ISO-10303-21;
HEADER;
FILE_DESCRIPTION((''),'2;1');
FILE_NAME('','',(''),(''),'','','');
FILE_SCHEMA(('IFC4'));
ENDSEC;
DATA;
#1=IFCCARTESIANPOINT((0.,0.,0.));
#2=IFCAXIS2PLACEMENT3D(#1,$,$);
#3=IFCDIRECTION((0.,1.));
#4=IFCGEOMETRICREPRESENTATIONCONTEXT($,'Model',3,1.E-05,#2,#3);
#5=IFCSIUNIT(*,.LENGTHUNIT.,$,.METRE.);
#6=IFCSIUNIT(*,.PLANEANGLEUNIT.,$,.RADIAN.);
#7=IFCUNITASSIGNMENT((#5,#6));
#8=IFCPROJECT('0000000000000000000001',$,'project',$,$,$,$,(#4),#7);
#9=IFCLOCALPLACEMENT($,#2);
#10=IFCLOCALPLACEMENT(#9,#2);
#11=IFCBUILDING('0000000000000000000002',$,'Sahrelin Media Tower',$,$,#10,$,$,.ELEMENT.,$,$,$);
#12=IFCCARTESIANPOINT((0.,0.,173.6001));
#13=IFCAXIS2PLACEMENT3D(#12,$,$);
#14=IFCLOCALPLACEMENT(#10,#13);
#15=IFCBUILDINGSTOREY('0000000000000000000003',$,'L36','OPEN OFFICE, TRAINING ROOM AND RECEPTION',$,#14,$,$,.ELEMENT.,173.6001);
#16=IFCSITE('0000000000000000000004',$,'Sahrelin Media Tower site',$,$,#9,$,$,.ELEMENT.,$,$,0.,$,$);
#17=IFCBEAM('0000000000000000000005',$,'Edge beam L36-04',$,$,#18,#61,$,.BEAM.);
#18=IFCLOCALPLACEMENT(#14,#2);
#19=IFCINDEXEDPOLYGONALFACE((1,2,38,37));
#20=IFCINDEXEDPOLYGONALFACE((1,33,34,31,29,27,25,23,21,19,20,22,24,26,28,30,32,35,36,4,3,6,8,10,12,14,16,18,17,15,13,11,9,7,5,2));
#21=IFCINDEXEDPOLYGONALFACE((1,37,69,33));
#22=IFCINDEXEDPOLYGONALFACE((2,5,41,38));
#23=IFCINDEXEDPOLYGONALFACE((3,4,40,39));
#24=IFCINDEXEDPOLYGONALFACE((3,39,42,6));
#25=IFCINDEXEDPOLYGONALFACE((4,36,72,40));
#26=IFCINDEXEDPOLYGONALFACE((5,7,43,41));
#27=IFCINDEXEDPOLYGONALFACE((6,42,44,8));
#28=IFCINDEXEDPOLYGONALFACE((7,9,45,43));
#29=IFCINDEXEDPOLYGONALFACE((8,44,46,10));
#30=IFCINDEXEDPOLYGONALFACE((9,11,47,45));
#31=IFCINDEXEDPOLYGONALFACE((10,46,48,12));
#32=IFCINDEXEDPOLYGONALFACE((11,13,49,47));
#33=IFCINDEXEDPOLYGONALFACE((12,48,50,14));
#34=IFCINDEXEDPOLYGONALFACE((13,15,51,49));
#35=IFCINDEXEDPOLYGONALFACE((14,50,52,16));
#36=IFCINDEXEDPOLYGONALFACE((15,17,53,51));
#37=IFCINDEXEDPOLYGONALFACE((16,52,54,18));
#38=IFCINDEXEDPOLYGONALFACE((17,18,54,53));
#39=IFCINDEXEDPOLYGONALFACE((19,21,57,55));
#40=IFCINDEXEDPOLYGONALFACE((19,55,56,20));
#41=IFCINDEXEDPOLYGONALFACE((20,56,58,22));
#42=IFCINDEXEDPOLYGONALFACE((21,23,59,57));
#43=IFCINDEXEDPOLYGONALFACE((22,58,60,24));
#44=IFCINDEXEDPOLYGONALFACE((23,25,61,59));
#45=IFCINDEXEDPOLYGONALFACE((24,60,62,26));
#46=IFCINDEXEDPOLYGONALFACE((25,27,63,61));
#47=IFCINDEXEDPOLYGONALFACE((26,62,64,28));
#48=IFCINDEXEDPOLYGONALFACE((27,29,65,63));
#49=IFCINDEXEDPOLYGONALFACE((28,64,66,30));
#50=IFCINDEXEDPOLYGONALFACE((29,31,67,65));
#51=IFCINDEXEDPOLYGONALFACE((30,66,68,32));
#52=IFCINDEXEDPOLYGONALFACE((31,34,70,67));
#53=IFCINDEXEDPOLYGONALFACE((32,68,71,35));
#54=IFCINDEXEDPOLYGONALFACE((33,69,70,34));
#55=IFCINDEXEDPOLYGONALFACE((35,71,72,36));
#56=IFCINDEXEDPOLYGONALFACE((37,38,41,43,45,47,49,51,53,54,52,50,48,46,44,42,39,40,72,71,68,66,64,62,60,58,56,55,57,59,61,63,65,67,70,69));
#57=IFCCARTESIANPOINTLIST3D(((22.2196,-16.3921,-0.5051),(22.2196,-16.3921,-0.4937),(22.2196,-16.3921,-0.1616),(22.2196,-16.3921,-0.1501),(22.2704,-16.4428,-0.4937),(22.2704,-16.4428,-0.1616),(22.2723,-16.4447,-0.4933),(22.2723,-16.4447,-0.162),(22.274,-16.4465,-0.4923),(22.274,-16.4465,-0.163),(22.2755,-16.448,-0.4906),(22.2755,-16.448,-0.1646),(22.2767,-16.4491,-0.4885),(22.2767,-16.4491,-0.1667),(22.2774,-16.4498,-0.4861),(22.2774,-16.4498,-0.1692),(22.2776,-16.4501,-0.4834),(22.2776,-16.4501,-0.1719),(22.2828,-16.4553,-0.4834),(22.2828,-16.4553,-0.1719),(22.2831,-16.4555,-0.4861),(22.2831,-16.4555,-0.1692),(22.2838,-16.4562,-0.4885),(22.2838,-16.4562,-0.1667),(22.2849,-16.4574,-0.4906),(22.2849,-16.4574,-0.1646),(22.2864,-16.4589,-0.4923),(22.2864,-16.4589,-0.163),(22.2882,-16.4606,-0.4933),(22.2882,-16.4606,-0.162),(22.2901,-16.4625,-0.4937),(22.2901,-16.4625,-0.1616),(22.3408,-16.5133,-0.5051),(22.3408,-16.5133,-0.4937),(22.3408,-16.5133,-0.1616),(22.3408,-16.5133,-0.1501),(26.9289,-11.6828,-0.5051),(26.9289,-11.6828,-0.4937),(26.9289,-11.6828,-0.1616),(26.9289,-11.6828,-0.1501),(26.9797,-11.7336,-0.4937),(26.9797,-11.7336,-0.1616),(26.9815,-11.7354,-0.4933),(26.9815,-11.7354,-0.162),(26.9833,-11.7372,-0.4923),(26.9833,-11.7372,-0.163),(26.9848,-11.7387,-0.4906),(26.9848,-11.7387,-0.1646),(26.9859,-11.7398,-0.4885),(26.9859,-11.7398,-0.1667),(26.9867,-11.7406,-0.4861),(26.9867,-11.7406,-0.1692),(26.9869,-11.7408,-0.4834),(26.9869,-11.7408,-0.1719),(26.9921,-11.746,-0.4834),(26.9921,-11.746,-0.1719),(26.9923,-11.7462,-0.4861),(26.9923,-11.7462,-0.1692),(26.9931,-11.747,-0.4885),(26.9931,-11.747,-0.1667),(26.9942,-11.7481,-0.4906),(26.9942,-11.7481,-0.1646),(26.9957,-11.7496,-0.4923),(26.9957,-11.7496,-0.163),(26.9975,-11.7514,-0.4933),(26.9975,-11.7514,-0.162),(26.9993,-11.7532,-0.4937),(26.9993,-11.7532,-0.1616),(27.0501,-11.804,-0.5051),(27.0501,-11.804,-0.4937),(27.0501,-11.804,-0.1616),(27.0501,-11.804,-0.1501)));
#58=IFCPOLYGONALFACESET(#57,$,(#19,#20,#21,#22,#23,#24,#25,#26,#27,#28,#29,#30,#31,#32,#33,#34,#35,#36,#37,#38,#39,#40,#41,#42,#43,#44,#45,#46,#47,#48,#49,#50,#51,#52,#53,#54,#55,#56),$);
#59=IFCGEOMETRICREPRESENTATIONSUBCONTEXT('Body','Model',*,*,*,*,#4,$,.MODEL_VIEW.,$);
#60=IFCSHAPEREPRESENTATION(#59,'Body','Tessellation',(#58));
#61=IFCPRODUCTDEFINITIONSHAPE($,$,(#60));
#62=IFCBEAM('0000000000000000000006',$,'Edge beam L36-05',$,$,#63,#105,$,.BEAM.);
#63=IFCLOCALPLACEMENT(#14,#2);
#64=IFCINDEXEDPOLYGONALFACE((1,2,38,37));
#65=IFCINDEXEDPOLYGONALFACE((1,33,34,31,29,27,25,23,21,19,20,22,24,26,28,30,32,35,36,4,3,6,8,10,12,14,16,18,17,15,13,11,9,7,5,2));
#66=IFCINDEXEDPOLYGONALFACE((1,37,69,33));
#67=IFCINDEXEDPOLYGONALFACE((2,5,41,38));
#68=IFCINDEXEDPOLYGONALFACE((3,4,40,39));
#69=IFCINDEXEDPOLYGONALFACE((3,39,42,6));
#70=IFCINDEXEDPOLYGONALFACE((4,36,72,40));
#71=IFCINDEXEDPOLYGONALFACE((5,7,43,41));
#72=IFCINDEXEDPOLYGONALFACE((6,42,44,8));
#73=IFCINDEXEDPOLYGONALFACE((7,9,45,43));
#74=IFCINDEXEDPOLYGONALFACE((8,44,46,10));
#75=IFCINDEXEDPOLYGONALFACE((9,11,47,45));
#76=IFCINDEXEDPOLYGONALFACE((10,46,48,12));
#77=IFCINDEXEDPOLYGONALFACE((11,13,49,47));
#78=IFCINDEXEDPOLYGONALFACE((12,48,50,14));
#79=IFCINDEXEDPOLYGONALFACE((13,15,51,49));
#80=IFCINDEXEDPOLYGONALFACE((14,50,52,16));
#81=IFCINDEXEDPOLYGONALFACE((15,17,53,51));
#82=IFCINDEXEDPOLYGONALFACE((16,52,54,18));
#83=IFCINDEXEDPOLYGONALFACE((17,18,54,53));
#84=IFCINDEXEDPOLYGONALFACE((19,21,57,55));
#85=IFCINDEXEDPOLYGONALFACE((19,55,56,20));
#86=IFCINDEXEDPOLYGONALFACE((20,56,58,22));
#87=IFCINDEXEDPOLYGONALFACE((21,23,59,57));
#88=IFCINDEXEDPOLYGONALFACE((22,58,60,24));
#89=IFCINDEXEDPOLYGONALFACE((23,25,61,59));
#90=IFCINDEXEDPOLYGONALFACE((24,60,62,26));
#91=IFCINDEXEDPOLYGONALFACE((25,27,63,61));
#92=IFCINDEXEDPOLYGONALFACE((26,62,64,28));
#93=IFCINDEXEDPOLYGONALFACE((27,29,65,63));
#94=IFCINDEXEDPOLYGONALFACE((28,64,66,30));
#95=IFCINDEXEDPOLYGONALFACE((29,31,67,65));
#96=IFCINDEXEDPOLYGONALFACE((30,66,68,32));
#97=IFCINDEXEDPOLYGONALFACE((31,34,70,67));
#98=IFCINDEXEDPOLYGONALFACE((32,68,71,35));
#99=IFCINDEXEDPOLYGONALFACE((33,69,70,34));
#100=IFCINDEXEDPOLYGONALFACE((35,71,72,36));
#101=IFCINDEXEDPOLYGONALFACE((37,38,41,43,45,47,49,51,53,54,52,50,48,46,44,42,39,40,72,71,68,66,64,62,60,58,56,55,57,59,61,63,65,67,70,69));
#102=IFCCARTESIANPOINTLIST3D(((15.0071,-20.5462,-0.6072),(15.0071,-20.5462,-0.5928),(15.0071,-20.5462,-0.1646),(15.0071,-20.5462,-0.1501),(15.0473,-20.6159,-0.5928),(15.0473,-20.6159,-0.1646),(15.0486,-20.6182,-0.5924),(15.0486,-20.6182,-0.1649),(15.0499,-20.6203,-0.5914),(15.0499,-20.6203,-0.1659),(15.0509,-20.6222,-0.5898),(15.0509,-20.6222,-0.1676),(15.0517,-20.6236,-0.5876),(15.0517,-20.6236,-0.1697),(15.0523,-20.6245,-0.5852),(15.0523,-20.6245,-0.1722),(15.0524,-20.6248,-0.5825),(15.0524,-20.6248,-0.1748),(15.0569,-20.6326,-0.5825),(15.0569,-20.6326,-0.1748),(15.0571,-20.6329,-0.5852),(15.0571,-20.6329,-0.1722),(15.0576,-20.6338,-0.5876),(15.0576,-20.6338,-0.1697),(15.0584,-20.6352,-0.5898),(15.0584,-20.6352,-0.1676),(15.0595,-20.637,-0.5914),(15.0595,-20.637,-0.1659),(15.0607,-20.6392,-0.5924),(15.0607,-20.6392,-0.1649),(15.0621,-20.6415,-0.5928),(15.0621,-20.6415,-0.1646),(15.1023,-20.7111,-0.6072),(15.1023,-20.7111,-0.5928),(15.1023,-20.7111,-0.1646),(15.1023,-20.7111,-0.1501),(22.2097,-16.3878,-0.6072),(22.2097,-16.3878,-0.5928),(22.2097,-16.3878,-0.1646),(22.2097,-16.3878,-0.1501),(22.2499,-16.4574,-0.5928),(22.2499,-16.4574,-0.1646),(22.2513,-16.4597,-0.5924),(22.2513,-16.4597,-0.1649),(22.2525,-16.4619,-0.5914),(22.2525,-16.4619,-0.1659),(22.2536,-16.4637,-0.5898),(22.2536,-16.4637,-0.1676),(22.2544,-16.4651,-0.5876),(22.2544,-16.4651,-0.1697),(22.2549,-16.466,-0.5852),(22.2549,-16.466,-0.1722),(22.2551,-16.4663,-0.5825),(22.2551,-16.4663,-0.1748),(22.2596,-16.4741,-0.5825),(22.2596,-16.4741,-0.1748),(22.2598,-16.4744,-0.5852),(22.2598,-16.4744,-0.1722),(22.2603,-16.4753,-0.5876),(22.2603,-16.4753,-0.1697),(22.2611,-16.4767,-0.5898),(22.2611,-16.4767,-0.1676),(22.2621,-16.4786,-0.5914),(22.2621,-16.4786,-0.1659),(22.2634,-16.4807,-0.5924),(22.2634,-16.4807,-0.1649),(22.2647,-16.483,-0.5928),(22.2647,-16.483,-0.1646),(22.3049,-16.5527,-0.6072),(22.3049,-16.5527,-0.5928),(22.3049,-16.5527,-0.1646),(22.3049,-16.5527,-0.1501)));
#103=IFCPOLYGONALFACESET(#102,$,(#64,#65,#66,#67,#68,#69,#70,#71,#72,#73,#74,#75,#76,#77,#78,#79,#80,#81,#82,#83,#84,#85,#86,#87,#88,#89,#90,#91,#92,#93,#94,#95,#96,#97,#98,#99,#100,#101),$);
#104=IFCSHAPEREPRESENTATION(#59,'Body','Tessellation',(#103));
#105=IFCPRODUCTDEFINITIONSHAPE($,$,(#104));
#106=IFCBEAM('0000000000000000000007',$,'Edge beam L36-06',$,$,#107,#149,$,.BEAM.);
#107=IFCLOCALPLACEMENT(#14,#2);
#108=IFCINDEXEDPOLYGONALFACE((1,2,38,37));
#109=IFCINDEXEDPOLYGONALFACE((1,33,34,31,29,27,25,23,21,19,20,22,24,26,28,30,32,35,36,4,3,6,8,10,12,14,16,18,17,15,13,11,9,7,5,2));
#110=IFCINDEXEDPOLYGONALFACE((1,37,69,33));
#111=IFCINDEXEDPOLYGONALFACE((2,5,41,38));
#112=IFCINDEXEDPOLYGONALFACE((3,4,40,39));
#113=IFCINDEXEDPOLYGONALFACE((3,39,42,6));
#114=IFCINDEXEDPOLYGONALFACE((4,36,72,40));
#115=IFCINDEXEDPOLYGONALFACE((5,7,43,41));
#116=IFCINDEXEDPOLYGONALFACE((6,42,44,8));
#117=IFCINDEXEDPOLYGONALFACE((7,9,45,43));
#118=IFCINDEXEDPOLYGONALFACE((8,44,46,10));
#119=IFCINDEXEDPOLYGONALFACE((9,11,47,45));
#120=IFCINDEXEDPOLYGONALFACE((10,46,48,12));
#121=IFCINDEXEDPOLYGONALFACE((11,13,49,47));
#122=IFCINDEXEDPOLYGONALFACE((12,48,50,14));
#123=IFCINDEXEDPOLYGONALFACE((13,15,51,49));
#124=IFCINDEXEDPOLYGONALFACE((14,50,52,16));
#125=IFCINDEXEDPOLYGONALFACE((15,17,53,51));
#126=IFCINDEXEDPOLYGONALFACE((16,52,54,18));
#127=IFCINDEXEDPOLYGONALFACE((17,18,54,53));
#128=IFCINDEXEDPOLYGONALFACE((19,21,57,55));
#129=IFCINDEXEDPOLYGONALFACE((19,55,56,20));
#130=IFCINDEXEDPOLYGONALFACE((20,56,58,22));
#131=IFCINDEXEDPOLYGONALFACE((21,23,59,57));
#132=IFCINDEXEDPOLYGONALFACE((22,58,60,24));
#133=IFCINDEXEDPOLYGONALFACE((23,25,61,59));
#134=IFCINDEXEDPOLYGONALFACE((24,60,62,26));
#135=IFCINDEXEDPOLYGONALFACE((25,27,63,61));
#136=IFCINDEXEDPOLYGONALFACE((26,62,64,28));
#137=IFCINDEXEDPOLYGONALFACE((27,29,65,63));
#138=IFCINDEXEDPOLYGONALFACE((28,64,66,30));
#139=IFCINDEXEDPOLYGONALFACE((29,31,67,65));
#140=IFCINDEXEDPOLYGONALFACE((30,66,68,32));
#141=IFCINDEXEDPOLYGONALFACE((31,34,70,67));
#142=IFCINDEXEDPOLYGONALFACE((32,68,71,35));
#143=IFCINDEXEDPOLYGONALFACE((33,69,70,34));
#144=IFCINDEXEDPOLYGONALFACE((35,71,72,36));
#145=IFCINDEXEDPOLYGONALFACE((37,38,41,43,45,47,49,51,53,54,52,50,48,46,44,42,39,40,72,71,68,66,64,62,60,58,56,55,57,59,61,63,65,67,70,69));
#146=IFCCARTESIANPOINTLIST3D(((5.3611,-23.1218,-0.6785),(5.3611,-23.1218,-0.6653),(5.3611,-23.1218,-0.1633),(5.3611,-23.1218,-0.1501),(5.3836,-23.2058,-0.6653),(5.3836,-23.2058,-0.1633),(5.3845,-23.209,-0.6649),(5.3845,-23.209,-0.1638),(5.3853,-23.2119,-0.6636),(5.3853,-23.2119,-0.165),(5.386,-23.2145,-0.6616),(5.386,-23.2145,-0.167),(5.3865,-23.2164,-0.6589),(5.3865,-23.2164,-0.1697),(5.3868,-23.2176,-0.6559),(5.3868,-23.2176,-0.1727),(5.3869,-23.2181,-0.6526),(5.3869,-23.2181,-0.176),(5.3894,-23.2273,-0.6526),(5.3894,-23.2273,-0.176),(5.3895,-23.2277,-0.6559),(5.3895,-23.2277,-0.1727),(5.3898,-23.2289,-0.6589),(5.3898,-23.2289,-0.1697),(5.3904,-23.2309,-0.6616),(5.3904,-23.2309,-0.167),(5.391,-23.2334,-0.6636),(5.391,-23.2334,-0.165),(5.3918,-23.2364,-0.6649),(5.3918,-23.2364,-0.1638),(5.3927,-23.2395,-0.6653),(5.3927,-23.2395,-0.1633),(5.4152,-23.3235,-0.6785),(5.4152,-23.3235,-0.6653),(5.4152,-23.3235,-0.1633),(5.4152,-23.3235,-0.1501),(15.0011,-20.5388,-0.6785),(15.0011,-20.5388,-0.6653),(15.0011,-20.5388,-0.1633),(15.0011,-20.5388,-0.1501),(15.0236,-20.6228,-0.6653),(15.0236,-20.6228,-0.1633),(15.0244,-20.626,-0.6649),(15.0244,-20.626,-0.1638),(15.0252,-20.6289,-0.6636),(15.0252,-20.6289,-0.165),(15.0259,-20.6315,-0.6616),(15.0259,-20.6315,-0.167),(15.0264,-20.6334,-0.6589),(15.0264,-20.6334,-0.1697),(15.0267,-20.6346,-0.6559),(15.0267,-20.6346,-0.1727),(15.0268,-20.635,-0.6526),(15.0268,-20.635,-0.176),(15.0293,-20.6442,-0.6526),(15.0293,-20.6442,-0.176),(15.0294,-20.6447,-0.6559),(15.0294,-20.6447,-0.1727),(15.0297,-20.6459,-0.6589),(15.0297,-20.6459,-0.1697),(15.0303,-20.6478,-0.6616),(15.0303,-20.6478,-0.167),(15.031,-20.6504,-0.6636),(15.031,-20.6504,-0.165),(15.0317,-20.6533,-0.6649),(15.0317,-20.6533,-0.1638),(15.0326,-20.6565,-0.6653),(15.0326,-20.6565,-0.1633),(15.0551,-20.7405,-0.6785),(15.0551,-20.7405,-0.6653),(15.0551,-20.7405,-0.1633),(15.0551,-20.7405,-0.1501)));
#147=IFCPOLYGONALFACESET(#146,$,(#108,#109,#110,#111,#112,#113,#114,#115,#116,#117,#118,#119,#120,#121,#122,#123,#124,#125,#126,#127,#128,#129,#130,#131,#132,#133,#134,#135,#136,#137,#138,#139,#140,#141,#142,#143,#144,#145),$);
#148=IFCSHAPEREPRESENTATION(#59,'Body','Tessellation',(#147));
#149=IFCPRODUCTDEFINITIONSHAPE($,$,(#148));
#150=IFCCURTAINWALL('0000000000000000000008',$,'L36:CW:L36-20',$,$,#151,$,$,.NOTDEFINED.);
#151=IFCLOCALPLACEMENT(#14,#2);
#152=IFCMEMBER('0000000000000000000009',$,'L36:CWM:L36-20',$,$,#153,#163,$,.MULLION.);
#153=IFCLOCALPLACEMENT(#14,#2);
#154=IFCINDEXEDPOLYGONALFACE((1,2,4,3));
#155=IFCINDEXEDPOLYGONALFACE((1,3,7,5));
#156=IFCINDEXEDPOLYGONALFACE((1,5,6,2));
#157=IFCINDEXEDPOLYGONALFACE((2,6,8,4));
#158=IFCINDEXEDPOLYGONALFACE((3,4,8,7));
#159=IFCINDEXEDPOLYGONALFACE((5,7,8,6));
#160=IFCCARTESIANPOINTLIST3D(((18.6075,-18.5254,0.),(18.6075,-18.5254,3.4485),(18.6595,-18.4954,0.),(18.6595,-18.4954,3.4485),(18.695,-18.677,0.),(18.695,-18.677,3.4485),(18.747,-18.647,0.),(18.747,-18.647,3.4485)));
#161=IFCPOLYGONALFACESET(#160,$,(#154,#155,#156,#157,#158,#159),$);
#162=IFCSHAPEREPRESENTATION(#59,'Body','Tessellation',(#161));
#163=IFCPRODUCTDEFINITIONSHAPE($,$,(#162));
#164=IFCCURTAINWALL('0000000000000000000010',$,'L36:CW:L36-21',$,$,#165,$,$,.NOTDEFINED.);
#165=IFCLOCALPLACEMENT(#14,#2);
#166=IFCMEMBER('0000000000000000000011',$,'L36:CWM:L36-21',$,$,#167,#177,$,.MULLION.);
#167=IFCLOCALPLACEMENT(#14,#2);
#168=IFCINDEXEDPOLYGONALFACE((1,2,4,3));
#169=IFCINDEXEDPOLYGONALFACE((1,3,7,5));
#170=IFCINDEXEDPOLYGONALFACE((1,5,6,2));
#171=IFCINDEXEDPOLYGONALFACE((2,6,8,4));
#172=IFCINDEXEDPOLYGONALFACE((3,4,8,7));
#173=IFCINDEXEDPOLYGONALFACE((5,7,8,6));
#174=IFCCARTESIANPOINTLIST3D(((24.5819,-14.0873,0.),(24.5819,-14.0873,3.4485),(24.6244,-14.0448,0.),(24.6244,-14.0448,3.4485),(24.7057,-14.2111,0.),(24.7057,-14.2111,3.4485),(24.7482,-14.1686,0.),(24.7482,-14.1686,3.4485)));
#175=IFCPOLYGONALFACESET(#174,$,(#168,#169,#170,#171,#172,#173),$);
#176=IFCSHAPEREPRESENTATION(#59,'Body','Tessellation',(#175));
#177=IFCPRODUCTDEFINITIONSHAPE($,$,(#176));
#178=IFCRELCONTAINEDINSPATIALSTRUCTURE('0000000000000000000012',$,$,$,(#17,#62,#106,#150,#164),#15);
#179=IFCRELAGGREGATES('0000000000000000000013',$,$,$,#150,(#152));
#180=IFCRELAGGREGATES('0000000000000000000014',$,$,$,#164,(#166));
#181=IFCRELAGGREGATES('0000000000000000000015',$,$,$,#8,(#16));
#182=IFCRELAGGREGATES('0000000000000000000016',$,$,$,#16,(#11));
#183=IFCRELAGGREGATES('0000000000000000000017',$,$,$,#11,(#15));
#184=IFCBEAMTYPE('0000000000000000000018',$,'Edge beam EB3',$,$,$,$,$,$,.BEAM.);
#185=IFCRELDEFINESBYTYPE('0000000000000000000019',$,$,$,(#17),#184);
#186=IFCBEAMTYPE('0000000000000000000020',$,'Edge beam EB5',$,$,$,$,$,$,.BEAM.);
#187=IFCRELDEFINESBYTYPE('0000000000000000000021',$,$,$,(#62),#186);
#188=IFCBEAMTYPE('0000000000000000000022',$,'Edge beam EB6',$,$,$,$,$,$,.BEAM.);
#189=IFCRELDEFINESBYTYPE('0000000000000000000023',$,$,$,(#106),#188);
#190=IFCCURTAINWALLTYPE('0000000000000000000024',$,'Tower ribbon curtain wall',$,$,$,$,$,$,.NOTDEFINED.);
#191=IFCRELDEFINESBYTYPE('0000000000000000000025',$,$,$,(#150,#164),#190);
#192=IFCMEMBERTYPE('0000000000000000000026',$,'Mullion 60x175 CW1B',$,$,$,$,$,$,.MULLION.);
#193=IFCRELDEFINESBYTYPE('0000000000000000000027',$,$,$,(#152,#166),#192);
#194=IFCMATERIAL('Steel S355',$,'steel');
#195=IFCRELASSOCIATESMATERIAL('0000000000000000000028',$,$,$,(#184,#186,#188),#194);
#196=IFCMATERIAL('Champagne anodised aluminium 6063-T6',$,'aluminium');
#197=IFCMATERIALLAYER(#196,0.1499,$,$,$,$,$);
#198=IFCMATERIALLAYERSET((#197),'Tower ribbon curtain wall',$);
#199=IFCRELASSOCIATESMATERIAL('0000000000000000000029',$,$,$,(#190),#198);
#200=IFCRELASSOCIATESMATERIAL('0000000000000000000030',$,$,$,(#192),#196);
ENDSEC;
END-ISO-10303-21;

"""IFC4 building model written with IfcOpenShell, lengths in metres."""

from ifc_helpers import new_model, si_unit, direction, frame, origin, origin_2d, place, context, subcontext, project, spatial, rectangle, i_section, extrude, material, layer, layer_set, material_profile, profile_set, type_object, element, aggregate, save


model = new_model("IFC4")

# Units and contexts
model_context = context("Model", 3, precision=1e-05, world=origin(), true_north=direction((0.0, 1.0)))
body_context = subcontext(model_context, "Body", "Model", "MODEL_VIEW")
ifc_project = project(units=[si_unit("LENGTHUNIT", "METRE"), si_unit("PLANEANGLEUNIT", "RADIAN")], contexts=[model_context])

# Site, building, storey
site_placement = place(None, origin())
site = spatial("IfcSite", under=ifc_project, at=site_placement, Name="Sahrelin Media Tower site", CompositionType="ELEMENT", RefElevation=0.0)
building_placement = place(site_placement, origin())
building = spatial("IfcBuilding", under=site, at=building_placement, Name="Sahrelin Media Tower", CompositionType="ELEMENT")
storey_placement = place(building_placement, frame((0.0, 0.0, 173.6001)))
storey = spatial("IfcBuildingStorey", under=building, at=storey_placement, Name="L36", Description="OPEN OFFICE, TRAINING ROOM AND RECEPTION", CompositionType="ELEMENT", Elevation=173.6001)

# Beams
ifc_material_1 = material(Name="Steel S355", Category="steel")
ifc_material_profile_1 = material_profile(ifc_material_1, i_section(OverallWidth=0.1714, OverallDepth=0.355, WebThickness=0.0073, FlangeThickness=0.0115, FilletRadius=0.0103, at=origin_2d()), Name="UB 356x171x51")
ifc_profile_set_1 = profile_set([ifc_material_profile_1], Name="Steel S355")
beam_type_1 = type_object("IfcBeamType", Name="Edge beam EB3", PredefinedType="BEAM", material=ifc_profile_set_1)
beam_1_placement = place(storey_placement, frame((26.9895, -11.7434, -0.3276), z_axis=(-0.707107, -0.707107, 0.0), x_axis=(0.707107, -0.707107, 0.0)))
element("IfcBeam", 1, at=beam_1_placement, inside=storey, type_object=beam_type_1, Name="Edge beam L36-04", PredefinedType="BEAM", context=body_context, shape_type="SweptSolid", body=[
    extrude(i_section(OverallWidth=0.1714, OverallDepth=0.355, WebThickness=0.0073, FlangeThickness=0.0115, FilletRadius=0.0103, at=origin_2d()), origin(), (0.0, 0.0, 1.0), 6.6599),
])
ifc_material_profile_2 = material_profile(ifc_material_1, i_section(OverallWidth=0.1904, OverallDepth=0.457, WebThickness=0.009, FlangeThickness=0.0144, FilletRadius=0.0103, at=origin_2d()), Name="UB 457x191x74")
ifc_profile_set_2 = profile_set([ifc_material_profile_2], Name="Steel S355")
beam_type_2 = type_object("IfcBeamType", Name="Edge beam EB5", PredefinedType="BEAM", material=ifc_profile_set_2)
beam_2_placement = place(storey_placement, frame((22.2573, -16.4702, -0.3787), z_axis=(-0.866025, -0.5, 0.0), x_axis=(0.5, -0.866025, 0.0)))
element("IfcBeam", 2, at=beam_2_placement, inside=storey, type_object=beam_type_2, Name="Edge beam L36-05", PredefinedType="BEAM", context=body_context, shape_type="SweptSolid", body=[
    extrude(i_section(OverallWidth=0.1904, OverallDepth=0.457, WebThickness=0.009, FlangeThickness=0.0144, FilletRadius=0.0103, at=origin_2d()), origin(), (0.0, 0.0, 1.0), 8.3169),
])
ifc_material_profile_3 = material_profile(ifc_material_1, i_section(OverallWidth=0.2087, OverallDepth=0.5283, WebThickness=0.0095, FlangeThickness=0.0132, FilletRadius=0.0127, at=origin_2d()), Name="UB 533x210x82")
ifc_profile_set_3 = profile_set([ifc_material_profile_3], Name="Steel S355")
beam_type_3 = type_object("IfcBeamType", Name="Edge beam EB6", PredefinedType="BEAM", material=ifc_profile_set_3)
beam_3_placement = place(storey_placement, frame((15.0281, -20.6396, -0.4143), z_axis=(-0.965926, -0.25882, 0.0), x_axis=(0.25882, -0.965926, 0.0)))
element("IfcBeam", 3, at=beam_3_placement, inside=storey, type_object=beam_type_3, Name="Edge beam L36-06", PredefinedType="BEAM", context=body_context, shape_type="SweptSolid", body=[
    extrude(i_section(OverallWidth=0.2087, OverallDepth=0.5283, WebThickness=0.0095, FlangeThickness=0.0132, FilletRadius=0.0127, at=origin_2d()), origin(), (0.0, 0.0, 1.0), 9.98),
])

# Curtain walls, members
ifc_material_2 = material(Name="Champagne anodised aluminium 6063-T6", Category="aluminium")
ifc_layer_1 = layer(ifc_material_2, 0.1499)
ifc_layer_set_1 = layer_set([ifc_layer_1], Name="Tower ribbon curtain wall")
curtain_wall_type = type_object("IfcCurtainWallType", Name="Tower ribbon curtain wall", PredefinedType="NOTDEFINED", material=ifc_layer_set_1)
curtain_wall_1_placement = place(storey_placement, frame((18.731, -18.6792, 0.0), z_axis=(0.0, 0.0, 1.0), x_axis=(1.0, 0.0, 0.0)))
curtain_wall_1 = element("IfcCurtainWall", 4, at=curtain_wall_1_placement, inside=storey, type_object=curtain_wall_type, Name="L36:CW:L36-20", PredefinedType="NOTDEFINED")
ifc_material_profile_4 = material_profile(ifc_material_2, rectangle(XDim=0.0601, YDim=0.175, at=origin_2d()), Name="Mullion 60x175")
ifc_profile_set_4 = profile_set([ifc_material_profile_4], Name="Champagne anodised aluminium 6063-T6")
member_type_1 = type_object("IfcMemberType", Name="Mullion 60x175 CW1B", PredefinedType="MULLION", material=ifc_profile_set_4)
member_1_placement = place(storey_placement, frame((18.6772, -18.5862, 0.0), z_axis=(0.0, 0.0, 1.0), x_axis=(0.866027, 0.499997, 0.0)))
member_1 = element("IfcMember", 5, at=member_1_placement, type_object=member_type_1, Name="L36:CWM:L36-20", PredefinedType="MULLION", context=body_context, shape_type="SweptSolid", body=[
    extrude(rectangle(XDim=0.0601, YDim=0.175, at=origin_2d()), origin(), (0.0, 0.0, 1.0), 3.4485),
])
curtain_wall_2_placement = place(storey_placement, frame((24.741, -14.2041, 0.0), z_axis=(0.0, 0.0, 1.0), x_axis=(1.0, 0.0, 0.0)))
curtain_wall_2 = element("IfcCurtainWall", 6, at=curtain_wall_2_placement, inside=storey, type_object=curtain_wall_type, Name="L36:CW:L36-21", PredefinedType="NOTDEFINED")
member_2_placement = place(storey_placement, frame((24.665, -14.1279, 0.0), z_axis=(0.0, 0.0, 1.0), x_axis=(0.707107, 0.707107, 0.0)))
member_2 = element("IfcMember", 7, at=member_2_placement, type_object=member_type_1, Name="L36:CWM:L36-21", PredefinedType="MULLION", context=body_context, shape_type="SweptSolid", body=[
    extrude(rectangle(XDim=0.0601, YDim=0.175, at=origin_2d()), origin(), (0.0, 0.0, 1.0), 3.4485),
])

aggregate(curtain_wall_1, [member_1])
aggregate(curtain_wall_2, [member_2])

save(model, "model.ifc")
